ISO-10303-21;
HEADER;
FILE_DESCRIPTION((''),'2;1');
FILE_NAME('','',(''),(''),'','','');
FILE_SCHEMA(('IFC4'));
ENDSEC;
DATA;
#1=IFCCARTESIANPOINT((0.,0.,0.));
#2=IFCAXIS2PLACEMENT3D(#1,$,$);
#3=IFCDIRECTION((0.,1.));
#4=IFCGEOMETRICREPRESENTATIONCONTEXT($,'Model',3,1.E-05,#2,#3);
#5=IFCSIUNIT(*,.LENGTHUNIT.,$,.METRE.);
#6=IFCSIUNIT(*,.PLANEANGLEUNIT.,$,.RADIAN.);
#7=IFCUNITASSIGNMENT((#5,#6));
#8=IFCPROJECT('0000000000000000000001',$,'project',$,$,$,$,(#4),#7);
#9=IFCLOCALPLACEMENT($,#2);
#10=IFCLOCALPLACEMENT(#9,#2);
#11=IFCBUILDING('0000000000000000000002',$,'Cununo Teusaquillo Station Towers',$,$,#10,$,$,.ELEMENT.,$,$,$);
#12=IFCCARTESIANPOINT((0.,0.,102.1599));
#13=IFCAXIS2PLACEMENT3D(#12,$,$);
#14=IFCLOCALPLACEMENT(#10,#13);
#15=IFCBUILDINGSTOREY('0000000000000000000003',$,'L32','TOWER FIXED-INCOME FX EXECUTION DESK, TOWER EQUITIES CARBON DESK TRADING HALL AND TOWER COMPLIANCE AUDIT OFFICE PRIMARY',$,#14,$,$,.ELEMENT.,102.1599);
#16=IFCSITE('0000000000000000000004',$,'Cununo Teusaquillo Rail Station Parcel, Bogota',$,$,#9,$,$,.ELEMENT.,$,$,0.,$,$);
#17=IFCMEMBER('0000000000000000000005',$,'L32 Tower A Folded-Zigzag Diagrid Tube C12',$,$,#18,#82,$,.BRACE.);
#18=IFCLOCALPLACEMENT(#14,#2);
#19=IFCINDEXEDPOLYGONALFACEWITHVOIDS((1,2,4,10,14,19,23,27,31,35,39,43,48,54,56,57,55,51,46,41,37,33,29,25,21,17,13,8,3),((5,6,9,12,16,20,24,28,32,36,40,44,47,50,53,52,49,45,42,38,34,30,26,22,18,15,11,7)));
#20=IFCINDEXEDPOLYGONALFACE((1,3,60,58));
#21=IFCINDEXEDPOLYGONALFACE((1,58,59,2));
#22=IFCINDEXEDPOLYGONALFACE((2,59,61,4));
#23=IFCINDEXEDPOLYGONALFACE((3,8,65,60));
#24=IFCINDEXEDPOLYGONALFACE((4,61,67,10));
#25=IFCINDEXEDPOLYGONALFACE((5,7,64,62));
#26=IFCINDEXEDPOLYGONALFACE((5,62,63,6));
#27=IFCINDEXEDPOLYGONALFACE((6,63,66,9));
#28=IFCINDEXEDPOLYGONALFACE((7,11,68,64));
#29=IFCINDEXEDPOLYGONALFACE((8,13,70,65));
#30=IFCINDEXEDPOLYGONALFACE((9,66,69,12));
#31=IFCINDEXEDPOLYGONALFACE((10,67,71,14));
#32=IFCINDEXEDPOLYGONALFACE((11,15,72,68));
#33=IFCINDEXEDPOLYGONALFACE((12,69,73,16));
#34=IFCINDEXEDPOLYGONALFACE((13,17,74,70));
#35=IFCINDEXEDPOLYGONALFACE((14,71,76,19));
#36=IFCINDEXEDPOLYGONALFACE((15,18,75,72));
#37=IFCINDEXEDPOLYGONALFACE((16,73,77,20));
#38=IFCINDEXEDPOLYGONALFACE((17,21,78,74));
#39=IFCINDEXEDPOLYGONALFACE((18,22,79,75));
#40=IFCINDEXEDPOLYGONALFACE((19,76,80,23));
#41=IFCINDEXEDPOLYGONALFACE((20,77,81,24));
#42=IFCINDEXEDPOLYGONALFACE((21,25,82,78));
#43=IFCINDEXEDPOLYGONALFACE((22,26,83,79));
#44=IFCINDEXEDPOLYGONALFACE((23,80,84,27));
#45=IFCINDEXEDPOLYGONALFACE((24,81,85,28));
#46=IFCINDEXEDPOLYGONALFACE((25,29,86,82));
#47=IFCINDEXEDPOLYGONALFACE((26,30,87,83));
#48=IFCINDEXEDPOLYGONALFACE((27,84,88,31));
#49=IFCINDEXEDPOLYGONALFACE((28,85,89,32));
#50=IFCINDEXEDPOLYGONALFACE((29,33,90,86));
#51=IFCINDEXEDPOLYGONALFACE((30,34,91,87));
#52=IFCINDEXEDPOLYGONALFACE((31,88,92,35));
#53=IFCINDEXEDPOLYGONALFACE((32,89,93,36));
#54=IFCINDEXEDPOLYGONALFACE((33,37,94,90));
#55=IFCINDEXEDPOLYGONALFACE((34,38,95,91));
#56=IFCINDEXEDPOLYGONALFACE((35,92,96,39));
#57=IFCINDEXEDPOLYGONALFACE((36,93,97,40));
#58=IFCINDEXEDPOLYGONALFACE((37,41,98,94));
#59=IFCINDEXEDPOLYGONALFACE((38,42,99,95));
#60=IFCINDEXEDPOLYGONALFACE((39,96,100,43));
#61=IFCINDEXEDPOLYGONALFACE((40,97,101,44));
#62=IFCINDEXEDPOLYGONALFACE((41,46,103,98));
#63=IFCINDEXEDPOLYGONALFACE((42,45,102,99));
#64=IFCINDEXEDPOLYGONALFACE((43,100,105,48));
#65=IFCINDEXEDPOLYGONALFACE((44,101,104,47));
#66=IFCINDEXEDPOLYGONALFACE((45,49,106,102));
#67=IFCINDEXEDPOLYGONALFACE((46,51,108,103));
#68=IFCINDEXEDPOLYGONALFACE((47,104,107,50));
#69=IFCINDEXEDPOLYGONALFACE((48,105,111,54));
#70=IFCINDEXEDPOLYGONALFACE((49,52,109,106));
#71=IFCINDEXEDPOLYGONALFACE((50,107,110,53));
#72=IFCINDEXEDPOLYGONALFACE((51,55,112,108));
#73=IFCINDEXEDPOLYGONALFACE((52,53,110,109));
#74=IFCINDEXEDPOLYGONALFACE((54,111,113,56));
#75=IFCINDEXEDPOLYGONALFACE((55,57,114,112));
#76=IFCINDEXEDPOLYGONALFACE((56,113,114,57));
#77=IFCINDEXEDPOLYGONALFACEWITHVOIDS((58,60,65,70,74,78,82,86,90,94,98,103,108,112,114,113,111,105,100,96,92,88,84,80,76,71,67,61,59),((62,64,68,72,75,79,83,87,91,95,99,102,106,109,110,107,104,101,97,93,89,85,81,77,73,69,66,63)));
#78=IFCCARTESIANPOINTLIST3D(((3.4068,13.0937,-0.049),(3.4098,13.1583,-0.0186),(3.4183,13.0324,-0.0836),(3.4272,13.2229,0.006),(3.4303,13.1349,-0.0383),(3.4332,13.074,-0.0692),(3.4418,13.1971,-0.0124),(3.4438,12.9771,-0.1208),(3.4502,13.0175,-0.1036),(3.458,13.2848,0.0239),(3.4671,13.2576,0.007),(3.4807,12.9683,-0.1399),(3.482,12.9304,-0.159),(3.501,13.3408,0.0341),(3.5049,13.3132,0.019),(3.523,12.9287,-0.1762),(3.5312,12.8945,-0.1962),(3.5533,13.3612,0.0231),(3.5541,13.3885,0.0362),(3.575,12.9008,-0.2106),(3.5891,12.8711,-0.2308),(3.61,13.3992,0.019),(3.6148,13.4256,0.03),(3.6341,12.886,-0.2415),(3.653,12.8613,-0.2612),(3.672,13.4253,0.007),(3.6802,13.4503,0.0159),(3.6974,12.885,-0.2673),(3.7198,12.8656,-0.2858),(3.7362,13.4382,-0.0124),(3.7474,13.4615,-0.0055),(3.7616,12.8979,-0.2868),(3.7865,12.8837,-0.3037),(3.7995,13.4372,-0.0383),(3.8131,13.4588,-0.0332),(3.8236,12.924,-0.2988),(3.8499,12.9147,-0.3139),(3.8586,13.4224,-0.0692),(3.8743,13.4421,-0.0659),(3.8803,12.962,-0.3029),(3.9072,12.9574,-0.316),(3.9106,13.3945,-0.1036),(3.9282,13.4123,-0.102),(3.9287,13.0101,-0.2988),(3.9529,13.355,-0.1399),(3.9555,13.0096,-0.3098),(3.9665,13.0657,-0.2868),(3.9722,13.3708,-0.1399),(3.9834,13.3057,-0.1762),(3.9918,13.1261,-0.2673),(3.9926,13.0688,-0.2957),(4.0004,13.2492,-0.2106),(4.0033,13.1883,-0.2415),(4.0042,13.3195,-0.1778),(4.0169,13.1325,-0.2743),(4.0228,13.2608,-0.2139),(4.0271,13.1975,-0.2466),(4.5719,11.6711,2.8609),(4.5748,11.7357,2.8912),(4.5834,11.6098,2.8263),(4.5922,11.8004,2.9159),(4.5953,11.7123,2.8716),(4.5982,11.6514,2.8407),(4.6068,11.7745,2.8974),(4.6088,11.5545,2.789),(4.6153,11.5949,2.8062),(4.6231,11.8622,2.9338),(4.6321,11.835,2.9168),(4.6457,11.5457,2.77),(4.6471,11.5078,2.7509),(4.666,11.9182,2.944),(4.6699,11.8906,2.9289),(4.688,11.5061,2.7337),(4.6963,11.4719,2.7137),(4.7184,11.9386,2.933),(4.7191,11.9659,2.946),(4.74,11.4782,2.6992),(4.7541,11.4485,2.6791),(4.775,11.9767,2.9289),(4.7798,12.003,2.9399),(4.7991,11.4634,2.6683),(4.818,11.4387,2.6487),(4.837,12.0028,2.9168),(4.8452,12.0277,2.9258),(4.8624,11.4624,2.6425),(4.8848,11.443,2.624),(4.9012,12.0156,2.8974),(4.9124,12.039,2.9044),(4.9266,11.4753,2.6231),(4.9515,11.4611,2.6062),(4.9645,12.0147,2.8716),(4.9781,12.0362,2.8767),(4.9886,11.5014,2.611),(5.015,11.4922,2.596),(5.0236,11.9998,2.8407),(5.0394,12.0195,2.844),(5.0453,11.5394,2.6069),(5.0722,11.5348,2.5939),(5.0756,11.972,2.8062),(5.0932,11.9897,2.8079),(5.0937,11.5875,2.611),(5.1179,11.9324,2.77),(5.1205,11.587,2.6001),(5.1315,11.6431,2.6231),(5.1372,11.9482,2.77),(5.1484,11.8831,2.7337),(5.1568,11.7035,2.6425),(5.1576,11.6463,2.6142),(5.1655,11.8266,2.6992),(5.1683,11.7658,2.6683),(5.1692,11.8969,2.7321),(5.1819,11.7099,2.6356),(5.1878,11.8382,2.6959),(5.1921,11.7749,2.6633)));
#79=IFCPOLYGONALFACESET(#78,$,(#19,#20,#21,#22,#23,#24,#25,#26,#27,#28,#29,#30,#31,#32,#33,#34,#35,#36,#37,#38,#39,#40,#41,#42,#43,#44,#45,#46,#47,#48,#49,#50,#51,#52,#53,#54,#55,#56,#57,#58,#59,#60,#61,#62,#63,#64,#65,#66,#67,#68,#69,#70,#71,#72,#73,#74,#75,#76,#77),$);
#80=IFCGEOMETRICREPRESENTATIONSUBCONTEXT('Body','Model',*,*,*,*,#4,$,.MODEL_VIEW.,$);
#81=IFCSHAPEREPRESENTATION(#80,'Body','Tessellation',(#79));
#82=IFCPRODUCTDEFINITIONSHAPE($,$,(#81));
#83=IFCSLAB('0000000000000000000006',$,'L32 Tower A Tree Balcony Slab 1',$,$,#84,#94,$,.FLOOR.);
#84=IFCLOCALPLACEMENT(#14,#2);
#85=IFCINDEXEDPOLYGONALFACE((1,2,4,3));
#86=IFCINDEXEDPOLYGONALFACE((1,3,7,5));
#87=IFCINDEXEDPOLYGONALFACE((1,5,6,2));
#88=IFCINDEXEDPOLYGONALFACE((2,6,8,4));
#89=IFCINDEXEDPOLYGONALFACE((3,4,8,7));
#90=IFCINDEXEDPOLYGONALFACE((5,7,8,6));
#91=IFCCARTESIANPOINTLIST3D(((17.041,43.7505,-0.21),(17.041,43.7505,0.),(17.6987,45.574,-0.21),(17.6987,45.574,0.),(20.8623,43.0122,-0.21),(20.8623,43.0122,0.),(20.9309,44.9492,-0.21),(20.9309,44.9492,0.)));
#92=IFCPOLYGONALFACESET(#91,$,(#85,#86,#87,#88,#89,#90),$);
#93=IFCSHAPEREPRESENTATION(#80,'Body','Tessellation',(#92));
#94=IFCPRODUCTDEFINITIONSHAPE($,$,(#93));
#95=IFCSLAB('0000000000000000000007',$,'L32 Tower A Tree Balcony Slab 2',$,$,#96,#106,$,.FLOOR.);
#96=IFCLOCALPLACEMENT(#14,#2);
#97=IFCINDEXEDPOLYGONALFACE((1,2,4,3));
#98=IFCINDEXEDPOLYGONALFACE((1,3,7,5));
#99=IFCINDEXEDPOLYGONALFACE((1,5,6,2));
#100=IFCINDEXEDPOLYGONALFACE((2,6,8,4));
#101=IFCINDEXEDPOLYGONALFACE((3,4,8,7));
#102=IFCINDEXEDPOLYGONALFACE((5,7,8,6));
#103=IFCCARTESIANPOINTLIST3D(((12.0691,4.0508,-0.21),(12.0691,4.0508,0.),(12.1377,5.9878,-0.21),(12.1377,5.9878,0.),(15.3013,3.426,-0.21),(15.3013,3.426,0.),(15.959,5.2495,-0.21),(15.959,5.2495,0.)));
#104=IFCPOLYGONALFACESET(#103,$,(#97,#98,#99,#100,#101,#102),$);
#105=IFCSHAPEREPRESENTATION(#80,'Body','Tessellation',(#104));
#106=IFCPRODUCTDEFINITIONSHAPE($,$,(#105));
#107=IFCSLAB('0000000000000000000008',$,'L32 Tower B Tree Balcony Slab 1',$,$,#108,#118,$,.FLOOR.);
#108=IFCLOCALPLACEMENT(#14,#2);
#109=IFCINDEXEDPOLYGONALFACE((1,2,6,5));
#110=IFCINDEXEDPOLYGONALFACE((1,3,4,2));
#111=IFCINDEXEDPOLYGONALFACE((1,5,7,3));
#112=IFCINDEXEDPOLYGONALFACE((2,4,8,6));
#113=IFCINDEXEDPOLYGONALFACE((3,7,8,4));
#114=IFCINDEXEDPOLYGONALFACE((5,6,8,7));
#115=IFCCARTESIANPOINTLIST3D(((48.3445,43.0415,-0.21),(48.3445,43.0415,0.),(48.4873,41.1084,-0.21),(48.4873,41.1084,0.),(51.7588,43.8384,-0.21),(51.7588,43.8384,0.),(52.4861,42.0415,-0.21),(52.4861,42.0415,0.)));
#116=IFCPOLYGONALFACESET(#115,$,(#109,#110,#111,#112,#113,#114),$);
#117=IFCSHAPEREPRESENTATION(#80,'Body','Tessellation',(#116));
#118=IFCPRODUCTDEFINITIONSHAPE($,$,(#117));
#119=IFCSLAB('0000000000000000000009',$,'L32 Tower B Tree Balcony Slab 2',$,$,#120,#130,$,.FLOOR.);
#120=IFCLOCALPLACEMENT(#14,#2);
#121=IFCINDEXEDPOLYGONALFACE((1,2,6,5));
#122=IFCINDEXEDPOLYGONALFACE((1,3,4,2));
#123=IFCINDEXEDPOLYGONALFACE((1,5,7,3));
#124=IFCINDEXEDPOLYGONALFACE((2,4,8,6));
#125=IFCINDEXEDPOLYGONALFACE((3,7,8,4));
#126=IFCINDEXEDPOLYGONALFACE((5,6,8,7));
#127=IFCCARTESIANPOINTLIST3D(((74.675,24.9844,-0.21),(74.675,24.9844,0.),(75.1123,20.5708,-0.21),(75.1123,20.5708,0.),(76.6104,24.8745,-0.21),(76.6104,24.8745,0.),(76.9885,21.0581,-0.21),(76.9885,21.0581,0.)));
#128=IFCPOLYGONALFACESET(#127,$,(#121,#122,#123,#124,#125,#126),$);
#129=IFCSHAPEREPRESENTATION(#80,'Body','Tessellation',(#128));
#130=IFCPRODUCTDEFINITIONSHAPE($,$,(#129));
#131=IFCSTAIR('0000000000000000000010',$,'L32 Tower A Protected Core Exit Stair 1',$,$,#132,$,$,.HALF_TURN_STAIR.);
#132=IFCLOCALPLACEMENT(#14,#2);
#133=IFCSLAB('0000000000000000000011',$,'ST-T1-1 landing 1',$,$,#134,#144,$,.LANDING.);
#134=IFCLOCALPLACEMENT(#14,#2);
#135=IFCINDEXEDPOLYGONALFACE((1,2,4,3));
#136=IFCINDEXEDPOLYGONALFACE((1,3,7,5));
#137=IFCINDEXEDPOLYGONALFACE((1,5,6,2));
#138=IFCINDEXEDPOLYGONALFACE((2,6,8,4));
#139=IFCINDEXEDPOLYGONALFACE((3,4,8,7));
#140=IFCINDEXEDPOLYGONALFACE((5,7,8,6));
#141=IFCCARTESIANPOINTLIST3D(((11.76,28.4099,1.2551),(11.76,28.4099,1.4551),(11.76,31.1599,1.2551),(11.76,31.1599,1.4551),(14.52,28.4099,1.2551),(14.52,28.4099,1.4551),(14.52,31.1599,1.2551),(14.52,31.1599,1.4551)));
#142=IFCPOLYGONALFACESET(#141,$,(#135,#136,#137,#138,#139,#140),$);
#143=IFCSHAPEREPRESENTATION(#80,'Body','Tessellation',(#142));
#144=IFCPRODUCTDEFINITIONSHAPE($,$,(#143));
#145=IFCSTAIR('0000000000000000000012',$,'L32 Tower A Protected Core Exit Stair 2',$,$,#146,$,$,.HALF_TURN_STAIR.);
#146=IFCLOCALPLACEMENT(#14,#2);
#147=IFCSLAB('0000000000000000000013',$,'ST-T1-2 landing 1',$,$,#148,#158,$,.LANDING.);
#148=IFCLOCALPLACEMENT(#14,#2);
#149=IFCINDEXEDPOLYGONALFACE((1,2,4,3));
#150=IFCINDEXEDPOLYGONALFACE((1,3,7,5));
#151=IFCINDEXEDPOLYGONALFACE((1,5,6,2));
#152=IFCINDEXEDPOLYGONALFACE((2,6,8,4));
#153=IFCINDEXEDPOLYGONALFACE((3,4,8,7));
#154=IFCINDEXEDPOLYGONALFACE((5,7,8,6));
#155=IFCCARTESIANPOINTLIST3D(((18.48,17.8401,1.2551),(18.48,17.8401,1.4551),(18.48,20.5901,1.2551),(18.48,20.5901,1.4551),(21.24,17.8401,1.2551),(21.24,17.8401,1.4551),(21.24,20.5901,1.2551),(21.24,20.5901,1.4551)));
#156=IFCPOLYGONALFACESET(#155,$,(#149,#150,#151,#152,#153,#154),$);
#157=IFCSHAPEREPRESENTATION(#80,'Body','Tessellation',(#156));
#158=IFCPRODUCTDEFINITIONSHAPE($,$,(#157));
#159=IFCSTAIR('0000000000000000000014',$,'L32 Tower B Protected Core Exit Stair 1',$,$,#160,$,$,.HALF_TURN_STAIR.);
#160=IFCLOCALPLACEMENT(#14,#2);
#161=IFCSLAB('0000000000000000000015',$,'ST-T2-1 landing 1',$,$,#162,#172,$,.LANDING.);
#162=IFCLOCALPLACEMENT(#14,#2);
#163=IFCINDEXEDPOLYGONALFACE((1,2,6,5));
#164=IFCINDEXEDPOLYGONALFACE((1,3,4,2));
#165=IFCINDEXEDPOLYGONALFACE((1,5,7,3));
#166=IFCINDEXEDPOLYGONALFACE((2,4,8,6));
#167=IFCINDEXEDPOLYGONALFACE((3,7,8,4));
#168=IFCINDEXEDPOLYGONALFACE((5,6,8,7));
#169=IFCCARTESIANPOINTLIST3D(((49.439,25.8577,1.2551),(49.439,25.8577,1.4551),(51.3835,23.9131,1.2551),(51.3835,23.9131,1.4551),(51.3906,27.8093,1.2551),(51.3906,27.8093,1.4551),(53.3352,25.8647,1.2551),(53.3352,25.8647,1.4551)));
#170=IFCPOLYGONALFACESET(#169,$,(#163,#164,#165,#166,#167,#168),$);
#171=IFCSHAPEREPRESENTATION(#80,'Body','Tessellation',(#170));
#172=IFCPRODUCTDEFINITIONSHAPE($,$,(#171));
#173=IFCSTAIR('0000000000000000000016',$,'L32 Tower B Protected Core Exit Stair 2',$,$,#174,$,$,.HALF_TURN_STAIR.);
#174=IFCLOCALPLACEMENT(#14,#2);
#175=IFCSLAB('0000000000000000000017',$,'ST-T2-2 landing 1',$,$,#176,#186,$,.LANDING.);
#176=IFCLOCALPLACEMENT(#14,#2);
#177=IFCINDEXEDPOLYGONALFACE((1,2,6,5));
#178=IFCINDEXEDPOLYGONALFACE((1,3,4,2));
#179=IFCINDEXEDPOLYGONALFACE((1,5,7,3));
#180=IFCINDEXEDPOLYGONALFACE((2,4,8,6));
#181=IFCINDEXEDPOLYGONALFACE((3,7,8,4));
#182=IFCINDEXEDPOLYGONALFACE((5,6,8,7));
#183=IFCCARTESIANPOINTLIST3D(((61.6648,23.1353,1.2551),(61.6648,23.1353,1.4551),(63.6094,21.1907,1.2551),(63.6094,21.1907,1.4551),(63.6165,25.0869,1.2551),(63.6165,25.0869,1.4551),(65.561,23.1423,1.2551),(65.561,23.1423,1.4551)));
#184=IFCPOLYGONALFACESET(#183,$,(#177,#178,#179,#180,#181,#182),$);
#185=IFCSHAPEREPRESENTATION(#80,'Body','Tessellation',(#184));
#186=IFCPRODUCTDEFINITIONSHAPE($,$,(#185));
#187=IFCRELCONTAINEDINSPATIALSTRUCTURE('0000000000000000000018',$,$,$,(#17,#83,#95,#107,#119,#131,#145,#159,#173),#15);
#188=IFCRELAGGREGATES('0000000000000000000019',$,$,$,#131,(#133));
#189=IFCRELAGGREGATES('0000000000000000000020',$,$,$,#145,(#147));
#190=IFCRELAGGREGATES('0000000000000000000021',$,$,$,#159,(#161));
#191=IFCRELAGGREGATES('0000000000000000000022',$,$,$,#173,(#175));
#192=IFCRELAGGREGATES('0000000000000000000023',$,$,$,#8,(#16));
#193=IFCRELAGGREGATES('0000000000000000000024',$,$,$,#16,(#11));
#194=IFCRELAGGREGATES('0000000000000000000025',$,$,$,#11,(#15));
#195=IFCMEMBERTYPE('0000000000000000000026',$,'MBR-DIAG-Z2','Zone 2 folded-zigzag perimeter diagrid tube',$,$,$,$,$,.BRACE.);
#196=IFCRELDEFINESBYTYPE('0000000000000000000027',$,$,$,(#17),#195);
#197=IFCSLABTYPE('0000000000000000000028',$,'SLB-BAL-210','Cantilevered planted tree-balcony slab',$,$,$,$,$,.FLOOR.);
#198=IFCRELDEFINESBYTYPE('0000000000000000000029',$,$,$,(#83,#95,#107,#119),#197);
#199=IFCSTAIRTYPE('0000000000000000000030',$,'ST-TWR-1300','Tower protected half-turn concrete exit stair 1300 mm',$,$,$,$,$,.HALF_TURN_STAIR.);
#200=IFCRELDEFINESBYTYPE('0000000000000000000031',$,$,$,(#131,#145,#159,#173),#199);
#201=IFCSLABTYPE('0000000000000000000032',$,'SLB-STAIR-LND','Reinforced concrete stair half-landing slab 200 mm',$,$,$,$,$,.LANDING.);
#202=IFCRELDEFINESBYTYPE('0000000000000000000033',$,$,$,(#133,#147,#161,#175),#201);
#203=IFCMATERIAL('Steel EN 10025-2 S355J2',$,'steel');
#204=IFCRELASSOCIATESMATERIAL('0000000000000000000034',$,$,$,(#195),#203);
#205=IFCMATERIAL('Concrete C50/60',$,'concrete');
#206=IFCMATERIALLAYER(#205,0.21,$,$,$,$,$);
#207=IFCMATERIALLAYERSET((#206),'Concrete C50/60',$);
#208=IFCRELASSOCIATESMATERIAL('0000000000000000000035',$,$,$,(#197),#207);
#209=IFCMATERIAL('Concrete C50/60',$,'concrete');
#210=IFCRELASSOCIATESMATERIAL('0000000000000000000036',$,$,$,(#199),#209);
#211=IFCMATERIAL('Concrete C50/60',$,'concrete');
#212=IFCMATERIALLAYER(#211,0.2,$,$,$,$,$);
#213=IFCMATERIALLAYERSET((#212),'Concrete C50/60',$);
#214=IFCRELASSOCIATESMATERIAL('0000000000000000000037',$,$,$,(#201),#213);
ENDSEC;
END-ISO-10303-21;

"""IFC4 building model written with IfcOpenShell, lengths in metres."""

from ifc_helpers import new_model, si_unit, direction, frame, origin, origin_2d, place, context, subcontext, project, spatial, polyline, hollow_circle, outline, extrude, material, layer, layer_set, material_profile, profile_set, type_object, element, aggregate, save


model = new_model("IFC4")

# Units and contexts
model_context = context("Model", 3, precision=1e-05, world=origin(), true_north=direction((0.0, 1.0)))
body_context = subcontext(model_context, "Body", "Model", "MODEL_VIEW")
ifc_project = project(units=[si_unit("LENGTHUNIT", "METRE"), si_unit("PLANEANGLEUNIT", "RADIAN")], contexts=[model_context])

# Site, building, storey
site_placement = place(None, origin())
site = spatial("IfcSite", under=ifc_project, at=site_placement, Name="Cununo Teusaquillo Rail Station Parcel, Bogota", CompositionType="ELEMENT", RefElevation=0.0)
building_placement = place(site_placement, origin())
building = spatial("IfcBuilding", under=site, at=building_placement, Name="Cununo Teusaquillo Station Towers", CompositionType="ELEMENT")
storey_placement = place(building_placement, frame((0.0, 0.0, 102.1599)))
storey = spatial("IfcBuildingStorey", under=building, at=storey_placement, Name="L32", Description="TOWER FIXED-INCOME FX EXECUTION DESK, TOWER EQUITIES CARBON DESK TRADING HALL AND TOWER COMPLIANCE AUDIT OFFICE PRIMARY", CompositionType="ELEMENT", Elevation=102.1599)

# Member
ifc_material_1 = material(Name="Steel EN 10025-2 S355J2", Category="steel")
ifc_material_profile_1 = material_profile(ifc_material_1, hollow_circle(Radius=0.3301, WallThickness=0.0249, at=origin_2d()), Name="CHS 660x25")
ifc_profile_set_1 = profile_set([ifc_material_profile_1], Name="Steel EN 10025-2 S355J2")
member_type = type_object("IfcMemberType", Name="MBR-DIAG-Z2", Description="Zone 2 folded-zigzag perimeter diagrid tube", PredefinedType="BRACE", material=ifc_profile_set_1)
member_placement = place(storey_placement, frame((3.7168, 13.1616, -0.1399), z_axis=(0.338458, -0.413285, 0.845365), x_axis=(0.773667, 0.633592, 0.0)))
element("IfcMember", 1, at=member_placement, inside=storey, type_object=member_type, Name="L32 Tower A Folded-Zigzag Diagrid Tube C12", PredefinedType="BRACE", context=body_context, shape_type="SweptSolid", body=[
    extrude(hollow_circle(Radius=0.3301, WallThickness=0.0249, at=origin_2d()), origin(), (0.0, 0.0, 1.0), 3.4421),
])

# Slabs
ifc_material_2 = material(Name="Concrete C50/60", Category="concrete")
ifc_layer_1 = layer(ifc_material_2, 0.21)
ifc_layer_set_1 = layer_set([ifc_layer_1], Name="Concrete C50/60")
slab_type_1 = type_object("IfcSlabType", Name="SLB-BAL-210", Description="Cantilevered planted tree-balcony slab", PredefinedType="FLOOR", material=ifc_layer_set_1)
slab_1_placement = place(storey_placement, frame((0.0, 0.0, -0.21)))
element("IfcSlab", 2, at=slab_1_placement, inside=storey, type_object=slab_type_1, Name="L32 Tower A Tree Balcony Slab 1", PredefinedType="FLOOR", context=body_context, shape_type="SweptSolid", body=[
    extrude(outline(polyline([(20.8623, 43.0122), (17.041, 43.7505), (17.6987, 45.574), (20.9309, 44.9492), (20.8623, 43.0122)])), origin(), (0.0, 0.0, 1.0), 0.21),
])
slab_2_placement = place(storey_placement, frame((0.0, 0.0, -0.21)))
element("IfcSlab", 3, at=slab_2_placement, inside=storey, type_object=slab_type_1, Name="L32 Tower A Tree Balcony Slab 2", PredefinedType="FLOOR", context=body_context, shape_type="SweptSolid", body=[
    extrude(outline(polyline([(12.1377, 5.9878), (15.959, 5.2495), (15.3013, 3.426), (12.0691, 4.0508), (12.1377, 5.9878)])), origin(), (0.0, 0.0, 1.0), 0.21),
])
slab_3_placement = place(storey_placement, frame((0.0, 0.0, -0.21)))
element("IfcSlab", 4, at=slab_3_placement, inside=storey, type_object=slab_type_1, Name="L32 Tower B Tree Balcony Slab 1", PredefinedType="FLOOR", context=body_context, shape_type="SweptSolid", body=[
    extrude(outline(polyline([(52.4861, 42.0415), (48.4873, 41.1084), (48.3445, 43.0415), (51.7588, 43.8384), (52.4861, 42.0415)])), origin(), (0.0, 0.0, 1.0), 0.21),
])
slab_4_placement = place(storey_placement, frame((0.0, 0.0, -0.21)))
element("IfcSlab", 5, at=slab_4_placement, inside=storey, type_object=slab_type_1, Name="L32 Tower B Tree Balcony Slab 2", PredefinedType="FLOOR", context=body_context, shape_type="SweptSolid", body=[
    extrude(outline(polyline([(75.1123, 20.5708), (74.675, 24.9844), (76.6104, 24.8745), (76.9885, 21.0581), (75.1123, 20.5708)])), origin(), (0.0, 0.0, 1.0), 0.21),
])

# Stairs, slabs
ifc_material_3 = material(Name="Concrete C50/60", Category="concrete")
stair_type = type_object("IfcStairType", Name="ST-TWR-1300", Description="Tower protected half-turn concrete exit stair 1300 mm", PredefinedType="HALF_TURN_STAIR", material=ifc_material_3)
stair_1_placement = place(storey_placement, origin())
stair_1 = element("IfcStair", 6, at=stair_1_placement, inside=storey, type_object=stair_type, Name="L32 Tower A Protected Core Exit Stair 1", PredefinedType="HALF_TURN_STAIR")
ifc_material_4 = material(Name="Concrete C50/60", Category="concrete")
ifc_layer_2 = layer(ifc_material_4, 0.2)
ifc_layer_set_2 = layer_set([ifc_layer_2], Name="Concrete C50/60")
slab_type_2 = type_object("IfcSlabType", Name="SLB-STAIR-LND", Description="Reinforced concrete stair half-landing slab 200 mm", PredefinedType="LANDING", material=ifc_layer_set_2)
slab_5_placement = place(storey_placement, frame((0.0, 0.0, 1.2551)))
slab_5 = element("IfcSlab", 7, at=slab_5_placement, type_object=slab_type_2, Name="ST-T1-1 landing 1", PredefinedType="LANDING", context=body_context, shape_type="SweptSolid", body=[
    extrude(outline(polyline([(14.52, 28.4099), (14.52, 31.1599), (11.76, 31.1599), (11.76, 28.4099), (14.52, 28.4099)])), origin(), (0.0, 0.0, 1.0), 0.2),
])
aggregate(stair_1, [slab_5])
stair_2_placement = place(storey_placement, origin())
stair_2 = element("IfcStair", 8, at=stair_2_placement, inside=storey, type_object=stair_type, Name="L32 Tower A Protected Core Exit Stair 2", PredefinedType="HALF_TURN_STAIR")
slab_6_placement = place(storey_placement, frame((0.0, 0.0, 1.2551)))
slab_6 = element("IfcSlab", 9, at=slab_6_placement, type_object=slab_type_2, Name="ST-T1-2 landing 1", PredefinedType="LANDING", context=body_context, shape_type="SweptSolid", body=[
    extrude(outline(polyline([(18.48, 20.5901), (18.48, 17.8401), (21.24, 17.8401), (21.24, 20.5901), (18.48, 20.5901)])), origin(), (0.0, 0.0, 1.0), 0.2),
])
aggregate(stair_2, [slab_6])
stair_3_placement = place(storey_placement, origin())
stair_3 = element("IfcStair", 10, at=stair_3_placement, inside=storey, type_object=stair_type, Name="L32 Tower B Protected Core Exit Stair 1", PredefinedType="HALF_TURN_STAIR")
slab_7_placement = place(storey_placement, frame((0.0, 0.0, 1.2551)))
slab_7 = element("IfcSlab", 11, at=slab_7_placement, type_object=slab_type_2, Name="ST-T2-1 landing 1", PredefinedType="LANDING", context=body_context, shape_type="SweptSolid", body=[
    extrude(outline(polyline([(53.3352, 25.8647), (51.3906, 27.8093), (49.439, 25.8577), (51.3835, 23.9131), (53.3352, 25.8647)])), origin(), (0.0, 0.0, 1.0), 0.2),
])
aggregate(stair_3, [slab_7])
stair_4_placement = place(storey_placement, origin())
stair_4 = element("IfcStair", 12, at=stair_4_placement, inside=storey, type_object=stair_type, Name="L32 Tower B Protected Core Exit Stair 2", PredefinedType="HALF_TURN_STAIR")
slab_8_placement = place(storey_placement, frame((0.0, 0.0, 1.2551)))
slab_8 = element("IfcSlab", 13, at=slab_8_placement, type_object=slab_type_2, Name="ST-T2-2 landing 1", PredefinedType="LANDING", context=body_context, shape_type="SweptSolid", body=[
    extrude(outline(polyline([(61.6648, 23.1353), (63.6094, 21.1907), (65.561, 23.1423), (63.6165, 25.0869), (61.6648, 23.1353)])), origin(), (0.0, 0.0, 1.0), 0.2),
])
aggregate(stair_4, [slab_8])

save(model, "model.ifc")
